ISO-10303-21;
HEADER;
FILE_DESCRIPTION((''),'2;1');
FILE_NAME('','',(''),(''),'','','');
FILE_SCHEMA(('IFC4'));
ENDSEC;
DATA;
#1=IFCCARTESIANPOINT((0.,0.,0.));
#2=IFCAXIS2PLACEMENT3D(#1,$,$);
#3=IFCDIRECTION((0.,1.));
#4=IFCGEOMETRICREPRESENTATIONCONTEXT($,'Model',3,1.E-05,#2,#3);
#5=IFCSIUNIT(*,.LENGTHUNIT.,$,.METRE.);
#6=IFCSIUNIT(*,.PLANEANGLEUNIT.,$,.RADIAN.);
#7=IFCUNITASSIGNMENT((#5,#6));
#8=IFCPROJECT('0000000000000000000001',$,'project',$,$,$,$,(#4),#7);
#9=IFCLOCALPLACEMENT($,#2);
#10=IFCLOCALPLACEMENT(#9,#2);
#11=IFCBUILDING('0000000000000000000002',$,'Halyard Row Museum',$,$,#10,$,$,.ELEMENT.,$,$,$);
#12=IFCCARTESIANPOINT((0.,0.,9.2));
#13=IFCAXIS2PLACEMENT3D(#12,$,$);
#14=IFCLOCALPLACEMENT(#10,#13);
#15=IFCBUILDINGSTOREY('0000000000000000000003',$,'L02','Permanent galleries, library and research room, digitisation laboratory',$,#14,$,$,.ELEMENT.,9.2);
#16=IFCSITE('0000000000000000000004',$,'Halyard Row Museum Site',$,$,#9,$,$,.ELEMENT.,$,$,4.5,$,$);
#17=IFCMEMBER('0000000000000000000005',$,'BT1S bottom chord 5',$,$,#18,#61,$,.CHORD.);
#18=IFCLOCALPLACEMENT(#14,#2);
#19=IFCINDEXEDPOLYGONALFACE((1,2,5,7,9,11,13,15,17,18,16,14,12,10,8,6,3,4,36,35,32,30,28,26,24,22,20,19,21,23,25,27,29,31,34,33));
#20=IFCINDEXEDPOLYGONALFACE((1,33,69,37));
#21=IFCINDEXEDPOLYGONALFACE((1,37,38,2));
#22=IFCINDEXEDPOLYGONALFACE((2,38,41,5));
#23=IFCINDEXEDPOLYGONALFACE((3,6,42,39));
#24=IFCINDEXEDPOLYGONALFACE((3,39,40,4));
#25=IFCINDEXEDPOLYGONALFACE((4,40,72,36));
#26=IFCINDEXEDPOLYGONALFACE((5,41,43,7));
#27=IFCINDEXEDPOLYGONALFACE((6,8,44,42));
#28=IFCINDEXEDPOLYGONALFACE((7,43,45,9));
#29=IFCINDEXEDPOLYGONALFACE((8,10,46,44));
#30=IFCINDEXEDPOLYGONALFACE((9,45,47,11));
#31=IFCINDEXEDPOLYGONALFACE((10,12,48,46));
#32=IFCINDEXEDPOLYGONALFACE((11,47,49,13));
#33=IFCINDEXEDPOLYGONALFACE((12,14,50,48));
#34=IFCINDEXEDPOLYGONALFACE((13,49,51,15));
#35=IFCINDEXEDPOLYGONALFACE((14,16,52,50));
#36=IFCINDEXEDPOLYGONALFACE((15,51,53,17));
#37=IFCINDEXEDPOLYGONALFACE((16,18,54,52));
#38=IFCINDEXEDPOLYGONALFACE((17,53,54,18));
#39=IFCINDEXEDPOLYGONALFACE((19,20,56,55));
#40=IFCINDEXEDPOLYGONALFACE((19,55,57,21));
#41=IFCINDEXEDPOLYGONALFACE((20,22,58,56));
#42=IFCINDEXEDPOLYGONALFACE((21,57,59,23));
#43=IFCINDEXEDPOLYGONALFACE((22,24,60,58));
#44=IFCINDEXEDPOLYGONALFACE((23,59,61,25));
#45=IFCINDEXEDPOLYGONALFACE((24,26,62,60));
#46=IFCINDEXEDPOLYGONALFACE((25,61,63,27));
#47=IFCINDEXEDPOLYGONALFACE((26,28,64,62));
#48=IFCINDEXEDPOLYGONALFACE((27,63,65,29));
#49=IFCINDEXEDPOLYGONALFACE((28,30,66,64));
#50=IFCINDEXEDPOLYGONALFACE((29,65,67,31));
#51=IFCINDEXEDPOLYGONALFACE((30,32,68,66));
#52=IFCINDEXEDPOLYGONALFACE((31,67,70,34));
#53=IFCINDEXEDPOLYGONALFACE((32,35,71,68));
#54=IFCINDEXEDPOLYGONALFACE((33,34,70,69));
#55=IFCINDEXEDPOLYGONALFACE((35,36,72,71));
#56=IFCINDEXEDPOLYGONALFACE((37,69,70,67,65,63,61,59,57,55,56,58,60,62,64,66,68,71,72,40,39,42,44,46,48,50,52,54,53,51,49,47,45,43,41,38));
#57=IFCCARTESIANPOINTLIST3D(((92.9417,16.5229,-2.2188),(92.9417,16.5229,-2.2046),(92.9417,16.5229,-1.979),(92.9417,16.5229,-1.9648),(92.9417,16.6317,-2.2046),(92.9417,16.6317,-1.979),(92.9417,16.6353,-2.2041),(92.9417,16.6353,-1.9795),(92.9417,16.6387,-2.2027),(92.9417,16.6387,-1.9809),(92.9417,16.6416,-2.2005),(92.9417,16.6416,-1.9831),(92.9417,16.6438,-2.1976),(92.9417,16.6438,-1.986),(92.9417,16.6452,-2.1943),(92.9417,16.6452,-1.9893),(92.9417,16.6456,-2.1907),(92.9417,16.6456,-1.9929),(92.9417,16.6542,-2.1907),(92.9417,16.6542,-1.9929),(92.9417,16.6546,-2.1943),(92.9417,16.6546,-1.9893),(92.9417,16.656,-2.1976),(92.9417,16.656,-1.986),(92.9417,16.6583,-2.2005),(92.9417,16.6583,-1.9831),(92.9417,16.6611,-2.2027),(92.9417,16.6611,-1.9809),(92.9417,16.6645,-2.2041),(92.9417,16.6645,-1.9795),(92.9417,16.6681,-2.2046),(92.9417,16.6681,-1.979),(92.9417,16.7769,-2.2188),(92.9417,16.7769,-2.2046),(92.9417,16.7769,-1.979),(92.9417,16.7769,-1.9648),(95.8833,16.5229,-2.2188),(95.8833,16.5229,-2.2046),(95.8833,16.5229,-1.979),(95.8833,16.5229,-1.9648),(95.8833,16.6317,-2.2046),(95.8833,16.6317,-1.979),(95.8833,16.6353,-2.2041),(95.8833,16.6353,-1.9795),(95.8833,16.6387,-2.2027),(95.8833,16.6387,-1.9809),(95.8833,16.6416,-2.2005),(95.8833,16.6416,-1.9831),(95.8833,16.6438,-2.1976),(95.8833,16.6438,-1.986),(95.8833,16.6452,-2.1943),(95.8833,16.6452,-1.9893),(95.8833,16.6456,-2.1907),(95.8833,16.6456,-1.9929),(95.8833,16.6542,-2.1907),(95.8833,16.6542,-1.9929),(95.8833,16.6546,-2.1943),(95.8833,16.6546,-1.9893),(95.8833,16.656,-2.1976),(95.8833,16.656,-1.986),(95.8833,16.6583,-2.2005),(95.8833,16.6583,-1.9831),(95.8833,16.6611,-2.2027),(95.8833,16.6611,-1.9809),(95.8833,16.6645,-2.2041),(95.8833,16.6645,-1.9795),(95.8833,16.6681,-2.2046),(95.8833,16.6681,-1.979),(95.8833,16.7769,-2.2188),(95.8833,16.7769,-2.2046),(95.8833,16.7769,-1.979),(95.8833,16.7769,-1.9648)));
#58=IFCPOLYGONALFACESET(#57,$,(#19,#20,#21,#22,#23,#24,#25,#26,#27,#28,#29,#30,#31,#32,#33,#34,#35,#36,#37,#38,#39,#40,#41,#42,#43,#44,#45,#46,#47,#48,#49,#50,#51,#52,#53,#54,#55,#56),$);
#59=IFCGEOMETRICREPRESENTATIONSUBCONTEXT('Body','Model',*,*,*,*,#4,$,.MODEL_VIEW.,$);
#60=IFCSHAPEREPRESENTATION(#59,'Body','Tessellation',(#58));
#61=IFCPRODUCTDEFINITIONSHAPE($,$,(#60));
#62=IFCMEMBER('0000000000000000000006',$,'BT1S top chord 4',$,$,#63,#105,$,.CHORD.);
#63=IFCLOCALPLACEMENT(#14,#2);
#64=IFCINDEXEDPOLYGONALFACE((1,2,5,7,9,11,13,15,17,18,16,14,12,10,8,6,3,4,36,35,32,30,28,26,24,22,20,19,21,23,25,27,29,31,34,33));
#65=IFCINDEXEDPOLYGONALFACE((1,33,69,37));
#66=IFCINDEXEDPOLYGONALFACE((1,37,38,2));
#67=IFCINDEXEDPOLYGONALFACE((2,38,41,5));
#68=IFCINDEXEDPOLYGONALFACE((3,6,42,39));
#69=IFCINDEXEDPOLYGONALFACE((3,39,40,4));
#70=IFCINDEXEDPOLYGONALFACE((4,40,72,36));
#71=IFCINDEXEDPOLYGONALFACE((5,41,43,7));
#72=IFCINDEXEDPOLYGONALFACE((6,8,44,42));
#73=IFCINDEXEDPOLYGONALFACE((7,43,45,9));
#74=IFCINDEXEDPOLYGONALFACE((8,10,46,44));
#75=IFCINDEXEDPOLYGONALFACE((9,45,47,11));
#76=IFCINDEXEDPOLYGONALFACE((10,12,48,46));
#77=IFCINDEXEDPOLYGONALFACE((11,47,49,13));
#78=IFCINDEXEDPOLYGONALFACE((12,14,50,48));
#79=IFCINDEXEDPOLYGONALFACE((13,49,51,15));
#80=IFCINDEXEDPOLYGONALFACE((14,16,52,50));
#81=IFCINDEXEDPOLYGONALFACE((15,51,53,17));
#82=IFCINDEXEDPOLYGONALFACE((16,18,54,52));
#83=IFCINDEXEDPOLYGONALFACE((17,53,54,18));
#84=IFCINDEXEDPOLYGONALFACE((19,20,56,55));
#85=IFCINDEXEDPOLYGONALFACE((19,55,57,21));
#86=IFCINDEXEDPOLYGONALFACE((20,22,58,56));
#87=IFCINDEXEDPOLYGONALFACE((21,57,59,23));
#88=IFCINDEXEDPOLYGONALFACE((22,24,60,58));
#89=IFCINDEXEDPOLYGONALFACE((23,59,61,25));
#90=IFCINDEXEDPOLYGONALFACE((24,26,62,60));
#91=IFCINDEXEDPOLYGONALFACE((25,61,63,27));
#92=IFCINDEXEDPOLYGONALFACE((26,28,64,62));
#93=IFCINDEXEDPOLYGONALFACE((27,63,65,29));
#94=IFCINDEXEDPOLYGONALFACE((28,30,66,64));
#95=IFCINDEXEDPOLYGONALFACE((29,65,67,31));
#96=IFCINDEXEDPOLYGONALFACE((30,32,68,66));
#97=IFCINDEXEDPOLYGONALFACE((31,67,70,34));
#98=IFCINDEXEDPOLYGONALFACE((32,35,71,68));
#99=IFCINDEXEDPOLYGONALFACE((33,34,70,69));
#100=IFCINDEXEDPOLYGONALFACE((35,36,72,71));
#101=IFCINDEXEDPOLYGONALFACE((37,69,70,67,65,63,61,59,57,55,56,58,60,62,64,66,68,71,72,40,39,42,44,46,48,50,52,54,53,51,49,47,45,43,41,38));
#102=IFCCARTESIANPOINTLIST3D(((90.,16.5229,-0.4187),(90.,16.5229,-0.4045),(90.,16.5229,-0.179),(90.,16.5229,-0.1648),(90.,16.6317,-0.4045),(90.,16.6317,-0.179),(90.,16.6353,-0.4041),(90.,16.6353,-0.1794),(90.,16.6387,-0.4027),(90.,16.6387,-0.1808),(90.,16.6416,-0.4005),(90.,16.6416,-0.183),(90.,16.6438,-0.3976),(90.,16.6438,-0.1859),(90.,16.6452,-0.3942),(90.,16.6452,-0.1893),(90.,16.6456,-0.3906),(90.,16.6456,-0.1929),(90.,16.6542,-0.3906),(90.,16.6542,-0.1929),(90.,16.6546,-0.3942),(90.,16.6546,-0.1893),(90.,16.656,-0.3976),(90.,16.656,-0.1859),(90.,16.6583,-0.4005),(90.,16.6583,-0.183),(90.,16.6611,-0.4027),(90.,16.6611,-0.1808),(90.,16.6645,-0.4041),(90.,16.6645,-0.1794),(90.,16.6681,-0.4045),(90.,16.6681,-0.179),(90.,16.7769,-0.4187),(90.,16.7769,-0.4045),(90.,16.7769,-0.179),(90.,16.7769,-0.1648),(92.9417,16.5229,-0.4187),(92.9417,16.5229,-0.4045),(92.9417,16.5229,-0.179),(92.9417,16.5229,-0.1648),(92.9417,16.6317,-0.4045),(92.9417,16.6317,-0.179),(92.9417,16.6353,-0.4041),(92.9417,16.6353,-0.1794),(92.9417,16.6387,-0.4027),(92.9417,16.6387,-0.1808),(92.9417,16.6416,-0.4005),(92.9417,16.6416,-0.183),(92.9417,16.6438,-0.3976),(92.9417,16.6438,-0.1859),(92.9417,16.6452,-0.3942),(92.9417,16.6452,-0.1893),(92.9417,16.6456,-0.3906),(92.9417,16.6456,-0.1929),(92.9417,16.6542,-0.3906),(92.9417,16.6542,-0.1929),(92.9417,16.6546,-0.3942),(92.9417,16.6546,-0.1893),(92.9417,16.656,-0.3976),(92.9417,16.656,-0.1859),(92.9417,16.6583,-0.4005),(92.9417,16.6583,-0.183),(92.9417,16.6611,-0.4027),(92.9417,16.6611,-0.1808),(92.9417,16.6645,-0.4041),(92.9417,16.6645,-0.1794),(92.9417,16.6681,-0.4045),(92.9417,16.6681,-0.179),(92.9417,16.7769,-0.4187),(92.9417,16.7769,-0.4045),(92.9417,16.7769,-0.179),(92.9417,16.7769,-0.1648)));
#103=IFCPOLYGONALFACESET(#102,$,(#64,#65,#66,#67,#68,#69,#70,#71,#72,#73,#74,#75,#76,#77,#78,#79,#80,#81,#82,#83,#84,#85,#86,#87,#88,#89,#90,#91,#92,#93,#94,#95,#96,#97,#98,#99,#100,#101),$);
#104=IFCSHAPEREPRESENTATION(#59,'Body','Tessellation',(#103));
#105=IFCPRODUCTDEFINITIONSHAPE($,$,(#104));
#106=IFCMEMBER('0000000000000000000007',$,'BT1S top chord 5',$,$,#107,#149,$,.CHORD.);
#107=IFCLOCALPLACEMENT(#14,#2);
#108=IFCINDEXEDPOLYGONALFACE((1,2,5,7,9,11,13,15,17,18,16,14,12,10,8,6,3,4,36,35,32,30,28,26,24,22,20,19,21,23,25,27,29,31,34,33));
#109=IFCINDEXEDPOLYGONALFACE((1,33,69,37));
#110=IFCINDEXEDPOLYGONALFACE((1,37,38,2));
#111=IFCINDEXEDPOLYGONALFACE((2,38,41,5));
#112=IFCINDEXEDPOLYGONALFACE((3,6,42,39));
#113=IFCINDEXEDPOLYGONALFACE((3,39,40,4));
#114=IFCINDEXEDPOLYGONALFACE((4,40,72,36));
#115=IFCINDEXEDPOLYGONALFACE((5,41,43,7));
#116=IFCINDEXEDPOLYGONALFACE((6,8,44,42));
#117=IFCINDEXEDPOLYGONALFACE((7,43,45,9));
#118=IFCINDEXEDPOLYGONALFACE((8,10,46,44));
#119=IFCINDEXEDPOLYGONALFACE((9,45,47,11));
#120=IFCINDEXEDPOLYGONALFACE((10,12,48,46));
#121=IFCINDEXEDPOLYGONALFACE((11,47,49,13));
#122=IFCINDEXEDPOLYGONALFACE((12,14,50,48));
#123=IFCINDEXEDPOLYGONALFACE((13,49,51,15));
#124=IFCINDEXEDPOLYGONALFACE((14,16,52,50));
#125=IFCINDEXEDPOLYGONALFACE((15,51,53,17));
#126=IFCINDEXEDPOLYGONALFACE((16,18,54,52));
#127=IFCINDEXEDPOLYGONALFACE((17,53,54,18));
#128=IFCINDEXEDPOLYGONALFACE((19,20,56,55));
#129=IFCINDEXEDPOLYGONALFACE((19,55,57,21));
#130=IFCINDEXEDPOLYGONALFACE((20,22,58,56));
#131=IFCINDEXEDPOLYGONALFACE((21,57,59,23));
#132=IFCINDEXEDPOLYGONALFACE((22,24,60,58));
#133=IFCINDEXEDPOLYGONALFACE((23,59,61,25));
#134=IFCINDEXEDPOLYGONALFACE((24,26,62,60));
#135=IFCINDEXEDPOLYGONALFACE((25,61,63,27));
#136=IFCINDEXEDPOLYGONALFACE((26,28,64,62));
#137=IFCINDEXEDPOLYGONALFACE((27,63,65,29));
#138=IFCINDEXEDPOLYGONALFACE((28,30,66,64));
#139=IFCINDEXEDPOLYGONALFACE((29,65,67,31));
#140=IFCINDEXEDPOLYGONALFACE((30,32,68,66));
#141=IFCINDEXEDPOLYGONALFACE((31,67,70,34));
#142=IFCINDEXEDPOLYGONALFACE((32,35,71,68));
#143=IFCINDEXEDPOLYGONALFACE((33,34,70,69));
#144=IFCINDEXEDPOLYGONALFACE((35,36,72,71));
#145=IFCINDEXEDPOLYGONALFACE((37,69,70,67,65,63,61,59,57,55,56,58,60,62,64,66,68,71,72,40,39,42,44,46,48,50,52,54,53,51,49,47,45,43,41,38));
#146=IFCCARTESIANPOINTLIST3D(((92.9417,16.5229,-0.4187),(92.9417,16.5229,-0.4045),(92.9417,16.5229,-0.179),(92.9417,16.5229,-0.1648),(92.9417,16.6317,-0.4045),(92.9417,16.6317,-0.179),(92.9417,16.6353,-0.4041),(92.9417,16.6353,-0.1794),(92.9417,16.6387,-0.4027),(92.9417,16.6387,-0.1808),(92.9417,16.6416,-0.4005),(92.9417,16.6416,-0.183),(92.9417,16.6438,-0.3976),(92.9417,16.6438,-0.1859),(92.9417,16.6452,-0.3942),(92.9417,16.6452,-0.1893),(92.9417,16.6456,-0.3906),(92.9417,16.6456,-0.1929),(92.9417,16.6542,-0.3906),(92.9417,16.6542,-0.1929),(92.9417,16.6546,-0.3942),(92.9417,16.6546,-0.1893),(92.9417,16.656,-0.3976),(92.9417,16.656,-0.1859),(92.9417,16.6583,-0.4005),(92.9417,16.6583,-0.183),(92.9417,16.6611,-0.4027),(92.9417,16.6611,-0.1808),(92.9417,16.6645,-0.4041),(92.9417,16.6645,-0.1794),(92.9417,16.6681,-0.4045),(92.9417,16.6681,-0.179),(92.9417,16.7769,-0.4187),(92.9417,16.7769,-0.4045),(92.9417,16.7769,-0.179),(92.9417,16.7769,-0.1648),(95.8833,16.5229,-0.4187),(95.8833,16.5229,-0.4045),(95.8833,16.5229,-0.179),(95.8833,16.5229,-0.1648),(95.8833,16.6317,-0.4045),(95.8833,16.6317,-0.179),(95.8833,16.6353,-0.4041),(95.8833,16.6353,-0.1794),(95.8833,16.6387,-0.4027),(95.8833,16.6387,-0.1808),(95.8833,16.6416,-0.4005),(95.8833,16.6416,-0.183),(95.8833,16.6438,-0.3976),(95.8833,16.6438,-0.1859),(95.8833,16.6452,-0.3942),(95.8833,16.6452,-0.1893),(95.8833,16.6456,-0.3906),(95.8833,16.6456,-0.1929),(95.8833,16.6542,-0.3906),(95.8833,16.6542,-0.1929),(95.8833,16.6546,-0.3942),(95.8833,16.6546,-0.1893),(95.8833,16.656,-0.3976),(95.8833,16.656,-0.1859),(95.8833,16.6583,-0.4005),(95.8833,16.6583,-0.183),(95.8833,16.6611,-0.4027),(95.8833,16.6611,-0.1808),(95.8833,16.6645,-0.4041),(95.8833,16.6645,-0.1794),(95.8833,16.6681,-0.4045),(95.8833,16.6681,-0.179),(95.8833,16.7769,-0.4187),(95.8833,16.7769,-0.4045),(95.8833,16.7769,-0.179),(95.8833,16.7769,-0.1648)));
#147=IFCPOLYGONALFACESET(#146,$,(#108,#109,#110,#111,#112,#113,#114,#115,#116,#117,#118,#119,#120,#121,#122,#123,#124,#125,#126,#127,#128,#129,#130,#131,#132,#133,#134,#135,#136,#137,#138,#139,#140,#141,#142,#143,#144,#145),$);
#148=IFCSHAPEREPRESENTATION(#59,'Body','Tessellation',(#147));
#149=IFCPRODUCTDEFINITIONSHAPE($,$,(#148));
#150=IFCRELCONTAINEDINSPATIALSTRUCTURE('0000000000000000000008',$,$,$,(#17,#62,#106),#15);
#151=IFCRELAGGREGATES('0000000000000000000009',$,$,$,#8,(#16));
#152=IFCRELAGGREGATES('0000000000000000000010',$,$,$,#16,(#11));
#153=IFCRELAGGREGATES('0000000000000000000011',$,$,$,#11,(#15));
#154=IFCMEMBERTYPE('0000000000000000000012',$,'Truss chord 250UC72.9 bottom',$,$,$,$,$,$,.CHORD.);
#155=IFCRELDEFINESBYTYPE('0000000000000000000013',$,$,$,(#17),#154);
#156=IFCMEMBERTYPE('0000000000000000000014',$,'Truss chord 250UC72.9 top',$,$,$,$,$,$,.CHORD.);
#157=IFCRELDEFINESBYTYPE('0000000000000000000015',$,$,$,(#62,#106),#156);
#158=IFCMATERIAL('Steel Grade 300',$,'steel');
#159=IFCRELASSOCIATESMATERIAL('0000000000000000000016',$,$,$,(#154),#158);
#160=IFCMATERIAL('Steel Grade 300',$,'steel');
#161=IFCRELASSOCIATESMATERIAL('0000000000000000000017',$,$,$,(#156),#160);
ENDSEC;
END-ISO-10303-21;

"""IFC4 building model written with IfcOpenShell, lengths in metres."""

from ifc_helpers import new_model, si_unit, direction, frame, origin, origin_2d, place, context, subcontext, project, spatial, i_section, extrude, material, material_profile, profile_set, type_object, element, save


model = new_model("IFC4")

# Units and contexts
model_context = context("Model", 3, precision=1e-05, world=origin(), true_north=direction((0.0, 1.0)))
body_context = subcontext(model_context, "Body", "Model", "MODEL_VIEW")
ifc_project = project(units=[si_unit("LENGTHUNIT", "METRE"), si_unit("PLANEANGLEUNIT", "RADIAN")], contexts=[model_context])

# Site, building, storey
site_placement = place(None, origin())
site = spatial("IfcSite", under=ifc_project, at=site_placement, Name="Halyard Row Museum Site", CompositionType="ELEMENT", RefElevation=4.5)
building_placement = place(site_placement, origin())
building = spatial("IfcBuilding", under=site, at=building_placement, Name="Halyard Row Museum", CompositionType="ELEMENT")
storey_placement = place(building_placement, frame((0.0, 0.0, 9.2)))
storey = spatial("IfcBuildingStorey", under=building, at=storey_placement, Name="L02", Description="Permanent galleries, library and research room, digitisation laboratory", CompositionType="ELEMENT", Elevation=9.2)

# Members
ifc_material_1 = material(Name="Steel Grade 300", Category="steel")
ifc_material_profile_1 = material_profile(ifc_material_1, i_section(OverallWidth=0.2539, OverallDepth=0.2539, WebThickness=0.0085, FlangeThickness=0.0142, FilletRadius=0.0139, at=origin_2d()), Name="250UC72.9")
ifc_profile_set_1 = profile_set([ifc_material_profile_1], Name="Steel Grade 300")
member_type_1 = type_object("IfcMemberType", Name="Truss chord 250UC72.9 bottom", PredefinedType="CHORD", material=ifc_profile_set_1)
for number, where, z_axis, x_axis, name in (
    (1, (92.9417, 16.6499, -2.0918), (1.0, 0.0, 0.0), (0.0, 1.0, 0.0), "BT1S bottom chord 5"),
):
    element("IfcMember", number, at=place(storey_placement, frame(where, z_axis=z_axis, x_axis=x_axis)), inside=storey, type_object=member_type_1, Name=name, PredefinedType="CHORD", context=body_context, shape_type="SweptSolid", body=[
        extrude(i_section(OverallWidth=0.2539, OverallDepth=0.2539, WebThickness=0.0085, FlangeThickness=0.0142, FilletRadius=0.0139, at=origin_2d()), origin(), (0.0, 0.0, 1.0), 2.9417),
    ])
ifc_material_2 = material(Name="Steel Grade 300", Category="steel")
ifc_material_profile_2 = material_profile(ifc_material_2, i_section(OverallWidth=0.2539, OverallDepth=0.2539, WebThickness=0.0085, FlangeThickness=0.0142, FilletRadius=0.0139, at=origin_2d()), Name="250UC72.9")
ifc_profile_set_2 = profile_set([ifc_material_profile_2], Name="Steel Grade 300")
member_type_2 = type_object("IfcMemberType", Name="Truss chord 250UC72.9 top", PredefinedType="CHORD", material=ifc_profile_set_2)
for number, where, z_axis, x_axis, name in (
    (2, (90.0, 16.6499, -0.2917), (1.0, 0.0, 0.0), (0.0, 1.0, 0.0), "BT1S top chord 4"),
    (3, (92.9417, 16.6499, -0.2917), (1.0, 0.0, 0.0), (0.0, 1.0, 0.0), "BT1S top chord 5"),
):
    element("IfcMember", number, at=place(storey_placement, frame(where, z_axis=z_axis, x_axis=x_axis)), inside=storey, type_object=member_type_2, Name=name, PredefinedType="CHORD", context=body_context, shape_type="SweptSolid", body=[
        extrude(i_section(OverallWidth=0.2539, OverallDepth=0.2539, WebThickness=0.0085, FlangeThickness=0.0142, FilletRadius=0.0139, at=origin_2d()), origin(), (0.0, 0.0, 1.0), 2.9417),
    ])

save(model, "model.ifc")
